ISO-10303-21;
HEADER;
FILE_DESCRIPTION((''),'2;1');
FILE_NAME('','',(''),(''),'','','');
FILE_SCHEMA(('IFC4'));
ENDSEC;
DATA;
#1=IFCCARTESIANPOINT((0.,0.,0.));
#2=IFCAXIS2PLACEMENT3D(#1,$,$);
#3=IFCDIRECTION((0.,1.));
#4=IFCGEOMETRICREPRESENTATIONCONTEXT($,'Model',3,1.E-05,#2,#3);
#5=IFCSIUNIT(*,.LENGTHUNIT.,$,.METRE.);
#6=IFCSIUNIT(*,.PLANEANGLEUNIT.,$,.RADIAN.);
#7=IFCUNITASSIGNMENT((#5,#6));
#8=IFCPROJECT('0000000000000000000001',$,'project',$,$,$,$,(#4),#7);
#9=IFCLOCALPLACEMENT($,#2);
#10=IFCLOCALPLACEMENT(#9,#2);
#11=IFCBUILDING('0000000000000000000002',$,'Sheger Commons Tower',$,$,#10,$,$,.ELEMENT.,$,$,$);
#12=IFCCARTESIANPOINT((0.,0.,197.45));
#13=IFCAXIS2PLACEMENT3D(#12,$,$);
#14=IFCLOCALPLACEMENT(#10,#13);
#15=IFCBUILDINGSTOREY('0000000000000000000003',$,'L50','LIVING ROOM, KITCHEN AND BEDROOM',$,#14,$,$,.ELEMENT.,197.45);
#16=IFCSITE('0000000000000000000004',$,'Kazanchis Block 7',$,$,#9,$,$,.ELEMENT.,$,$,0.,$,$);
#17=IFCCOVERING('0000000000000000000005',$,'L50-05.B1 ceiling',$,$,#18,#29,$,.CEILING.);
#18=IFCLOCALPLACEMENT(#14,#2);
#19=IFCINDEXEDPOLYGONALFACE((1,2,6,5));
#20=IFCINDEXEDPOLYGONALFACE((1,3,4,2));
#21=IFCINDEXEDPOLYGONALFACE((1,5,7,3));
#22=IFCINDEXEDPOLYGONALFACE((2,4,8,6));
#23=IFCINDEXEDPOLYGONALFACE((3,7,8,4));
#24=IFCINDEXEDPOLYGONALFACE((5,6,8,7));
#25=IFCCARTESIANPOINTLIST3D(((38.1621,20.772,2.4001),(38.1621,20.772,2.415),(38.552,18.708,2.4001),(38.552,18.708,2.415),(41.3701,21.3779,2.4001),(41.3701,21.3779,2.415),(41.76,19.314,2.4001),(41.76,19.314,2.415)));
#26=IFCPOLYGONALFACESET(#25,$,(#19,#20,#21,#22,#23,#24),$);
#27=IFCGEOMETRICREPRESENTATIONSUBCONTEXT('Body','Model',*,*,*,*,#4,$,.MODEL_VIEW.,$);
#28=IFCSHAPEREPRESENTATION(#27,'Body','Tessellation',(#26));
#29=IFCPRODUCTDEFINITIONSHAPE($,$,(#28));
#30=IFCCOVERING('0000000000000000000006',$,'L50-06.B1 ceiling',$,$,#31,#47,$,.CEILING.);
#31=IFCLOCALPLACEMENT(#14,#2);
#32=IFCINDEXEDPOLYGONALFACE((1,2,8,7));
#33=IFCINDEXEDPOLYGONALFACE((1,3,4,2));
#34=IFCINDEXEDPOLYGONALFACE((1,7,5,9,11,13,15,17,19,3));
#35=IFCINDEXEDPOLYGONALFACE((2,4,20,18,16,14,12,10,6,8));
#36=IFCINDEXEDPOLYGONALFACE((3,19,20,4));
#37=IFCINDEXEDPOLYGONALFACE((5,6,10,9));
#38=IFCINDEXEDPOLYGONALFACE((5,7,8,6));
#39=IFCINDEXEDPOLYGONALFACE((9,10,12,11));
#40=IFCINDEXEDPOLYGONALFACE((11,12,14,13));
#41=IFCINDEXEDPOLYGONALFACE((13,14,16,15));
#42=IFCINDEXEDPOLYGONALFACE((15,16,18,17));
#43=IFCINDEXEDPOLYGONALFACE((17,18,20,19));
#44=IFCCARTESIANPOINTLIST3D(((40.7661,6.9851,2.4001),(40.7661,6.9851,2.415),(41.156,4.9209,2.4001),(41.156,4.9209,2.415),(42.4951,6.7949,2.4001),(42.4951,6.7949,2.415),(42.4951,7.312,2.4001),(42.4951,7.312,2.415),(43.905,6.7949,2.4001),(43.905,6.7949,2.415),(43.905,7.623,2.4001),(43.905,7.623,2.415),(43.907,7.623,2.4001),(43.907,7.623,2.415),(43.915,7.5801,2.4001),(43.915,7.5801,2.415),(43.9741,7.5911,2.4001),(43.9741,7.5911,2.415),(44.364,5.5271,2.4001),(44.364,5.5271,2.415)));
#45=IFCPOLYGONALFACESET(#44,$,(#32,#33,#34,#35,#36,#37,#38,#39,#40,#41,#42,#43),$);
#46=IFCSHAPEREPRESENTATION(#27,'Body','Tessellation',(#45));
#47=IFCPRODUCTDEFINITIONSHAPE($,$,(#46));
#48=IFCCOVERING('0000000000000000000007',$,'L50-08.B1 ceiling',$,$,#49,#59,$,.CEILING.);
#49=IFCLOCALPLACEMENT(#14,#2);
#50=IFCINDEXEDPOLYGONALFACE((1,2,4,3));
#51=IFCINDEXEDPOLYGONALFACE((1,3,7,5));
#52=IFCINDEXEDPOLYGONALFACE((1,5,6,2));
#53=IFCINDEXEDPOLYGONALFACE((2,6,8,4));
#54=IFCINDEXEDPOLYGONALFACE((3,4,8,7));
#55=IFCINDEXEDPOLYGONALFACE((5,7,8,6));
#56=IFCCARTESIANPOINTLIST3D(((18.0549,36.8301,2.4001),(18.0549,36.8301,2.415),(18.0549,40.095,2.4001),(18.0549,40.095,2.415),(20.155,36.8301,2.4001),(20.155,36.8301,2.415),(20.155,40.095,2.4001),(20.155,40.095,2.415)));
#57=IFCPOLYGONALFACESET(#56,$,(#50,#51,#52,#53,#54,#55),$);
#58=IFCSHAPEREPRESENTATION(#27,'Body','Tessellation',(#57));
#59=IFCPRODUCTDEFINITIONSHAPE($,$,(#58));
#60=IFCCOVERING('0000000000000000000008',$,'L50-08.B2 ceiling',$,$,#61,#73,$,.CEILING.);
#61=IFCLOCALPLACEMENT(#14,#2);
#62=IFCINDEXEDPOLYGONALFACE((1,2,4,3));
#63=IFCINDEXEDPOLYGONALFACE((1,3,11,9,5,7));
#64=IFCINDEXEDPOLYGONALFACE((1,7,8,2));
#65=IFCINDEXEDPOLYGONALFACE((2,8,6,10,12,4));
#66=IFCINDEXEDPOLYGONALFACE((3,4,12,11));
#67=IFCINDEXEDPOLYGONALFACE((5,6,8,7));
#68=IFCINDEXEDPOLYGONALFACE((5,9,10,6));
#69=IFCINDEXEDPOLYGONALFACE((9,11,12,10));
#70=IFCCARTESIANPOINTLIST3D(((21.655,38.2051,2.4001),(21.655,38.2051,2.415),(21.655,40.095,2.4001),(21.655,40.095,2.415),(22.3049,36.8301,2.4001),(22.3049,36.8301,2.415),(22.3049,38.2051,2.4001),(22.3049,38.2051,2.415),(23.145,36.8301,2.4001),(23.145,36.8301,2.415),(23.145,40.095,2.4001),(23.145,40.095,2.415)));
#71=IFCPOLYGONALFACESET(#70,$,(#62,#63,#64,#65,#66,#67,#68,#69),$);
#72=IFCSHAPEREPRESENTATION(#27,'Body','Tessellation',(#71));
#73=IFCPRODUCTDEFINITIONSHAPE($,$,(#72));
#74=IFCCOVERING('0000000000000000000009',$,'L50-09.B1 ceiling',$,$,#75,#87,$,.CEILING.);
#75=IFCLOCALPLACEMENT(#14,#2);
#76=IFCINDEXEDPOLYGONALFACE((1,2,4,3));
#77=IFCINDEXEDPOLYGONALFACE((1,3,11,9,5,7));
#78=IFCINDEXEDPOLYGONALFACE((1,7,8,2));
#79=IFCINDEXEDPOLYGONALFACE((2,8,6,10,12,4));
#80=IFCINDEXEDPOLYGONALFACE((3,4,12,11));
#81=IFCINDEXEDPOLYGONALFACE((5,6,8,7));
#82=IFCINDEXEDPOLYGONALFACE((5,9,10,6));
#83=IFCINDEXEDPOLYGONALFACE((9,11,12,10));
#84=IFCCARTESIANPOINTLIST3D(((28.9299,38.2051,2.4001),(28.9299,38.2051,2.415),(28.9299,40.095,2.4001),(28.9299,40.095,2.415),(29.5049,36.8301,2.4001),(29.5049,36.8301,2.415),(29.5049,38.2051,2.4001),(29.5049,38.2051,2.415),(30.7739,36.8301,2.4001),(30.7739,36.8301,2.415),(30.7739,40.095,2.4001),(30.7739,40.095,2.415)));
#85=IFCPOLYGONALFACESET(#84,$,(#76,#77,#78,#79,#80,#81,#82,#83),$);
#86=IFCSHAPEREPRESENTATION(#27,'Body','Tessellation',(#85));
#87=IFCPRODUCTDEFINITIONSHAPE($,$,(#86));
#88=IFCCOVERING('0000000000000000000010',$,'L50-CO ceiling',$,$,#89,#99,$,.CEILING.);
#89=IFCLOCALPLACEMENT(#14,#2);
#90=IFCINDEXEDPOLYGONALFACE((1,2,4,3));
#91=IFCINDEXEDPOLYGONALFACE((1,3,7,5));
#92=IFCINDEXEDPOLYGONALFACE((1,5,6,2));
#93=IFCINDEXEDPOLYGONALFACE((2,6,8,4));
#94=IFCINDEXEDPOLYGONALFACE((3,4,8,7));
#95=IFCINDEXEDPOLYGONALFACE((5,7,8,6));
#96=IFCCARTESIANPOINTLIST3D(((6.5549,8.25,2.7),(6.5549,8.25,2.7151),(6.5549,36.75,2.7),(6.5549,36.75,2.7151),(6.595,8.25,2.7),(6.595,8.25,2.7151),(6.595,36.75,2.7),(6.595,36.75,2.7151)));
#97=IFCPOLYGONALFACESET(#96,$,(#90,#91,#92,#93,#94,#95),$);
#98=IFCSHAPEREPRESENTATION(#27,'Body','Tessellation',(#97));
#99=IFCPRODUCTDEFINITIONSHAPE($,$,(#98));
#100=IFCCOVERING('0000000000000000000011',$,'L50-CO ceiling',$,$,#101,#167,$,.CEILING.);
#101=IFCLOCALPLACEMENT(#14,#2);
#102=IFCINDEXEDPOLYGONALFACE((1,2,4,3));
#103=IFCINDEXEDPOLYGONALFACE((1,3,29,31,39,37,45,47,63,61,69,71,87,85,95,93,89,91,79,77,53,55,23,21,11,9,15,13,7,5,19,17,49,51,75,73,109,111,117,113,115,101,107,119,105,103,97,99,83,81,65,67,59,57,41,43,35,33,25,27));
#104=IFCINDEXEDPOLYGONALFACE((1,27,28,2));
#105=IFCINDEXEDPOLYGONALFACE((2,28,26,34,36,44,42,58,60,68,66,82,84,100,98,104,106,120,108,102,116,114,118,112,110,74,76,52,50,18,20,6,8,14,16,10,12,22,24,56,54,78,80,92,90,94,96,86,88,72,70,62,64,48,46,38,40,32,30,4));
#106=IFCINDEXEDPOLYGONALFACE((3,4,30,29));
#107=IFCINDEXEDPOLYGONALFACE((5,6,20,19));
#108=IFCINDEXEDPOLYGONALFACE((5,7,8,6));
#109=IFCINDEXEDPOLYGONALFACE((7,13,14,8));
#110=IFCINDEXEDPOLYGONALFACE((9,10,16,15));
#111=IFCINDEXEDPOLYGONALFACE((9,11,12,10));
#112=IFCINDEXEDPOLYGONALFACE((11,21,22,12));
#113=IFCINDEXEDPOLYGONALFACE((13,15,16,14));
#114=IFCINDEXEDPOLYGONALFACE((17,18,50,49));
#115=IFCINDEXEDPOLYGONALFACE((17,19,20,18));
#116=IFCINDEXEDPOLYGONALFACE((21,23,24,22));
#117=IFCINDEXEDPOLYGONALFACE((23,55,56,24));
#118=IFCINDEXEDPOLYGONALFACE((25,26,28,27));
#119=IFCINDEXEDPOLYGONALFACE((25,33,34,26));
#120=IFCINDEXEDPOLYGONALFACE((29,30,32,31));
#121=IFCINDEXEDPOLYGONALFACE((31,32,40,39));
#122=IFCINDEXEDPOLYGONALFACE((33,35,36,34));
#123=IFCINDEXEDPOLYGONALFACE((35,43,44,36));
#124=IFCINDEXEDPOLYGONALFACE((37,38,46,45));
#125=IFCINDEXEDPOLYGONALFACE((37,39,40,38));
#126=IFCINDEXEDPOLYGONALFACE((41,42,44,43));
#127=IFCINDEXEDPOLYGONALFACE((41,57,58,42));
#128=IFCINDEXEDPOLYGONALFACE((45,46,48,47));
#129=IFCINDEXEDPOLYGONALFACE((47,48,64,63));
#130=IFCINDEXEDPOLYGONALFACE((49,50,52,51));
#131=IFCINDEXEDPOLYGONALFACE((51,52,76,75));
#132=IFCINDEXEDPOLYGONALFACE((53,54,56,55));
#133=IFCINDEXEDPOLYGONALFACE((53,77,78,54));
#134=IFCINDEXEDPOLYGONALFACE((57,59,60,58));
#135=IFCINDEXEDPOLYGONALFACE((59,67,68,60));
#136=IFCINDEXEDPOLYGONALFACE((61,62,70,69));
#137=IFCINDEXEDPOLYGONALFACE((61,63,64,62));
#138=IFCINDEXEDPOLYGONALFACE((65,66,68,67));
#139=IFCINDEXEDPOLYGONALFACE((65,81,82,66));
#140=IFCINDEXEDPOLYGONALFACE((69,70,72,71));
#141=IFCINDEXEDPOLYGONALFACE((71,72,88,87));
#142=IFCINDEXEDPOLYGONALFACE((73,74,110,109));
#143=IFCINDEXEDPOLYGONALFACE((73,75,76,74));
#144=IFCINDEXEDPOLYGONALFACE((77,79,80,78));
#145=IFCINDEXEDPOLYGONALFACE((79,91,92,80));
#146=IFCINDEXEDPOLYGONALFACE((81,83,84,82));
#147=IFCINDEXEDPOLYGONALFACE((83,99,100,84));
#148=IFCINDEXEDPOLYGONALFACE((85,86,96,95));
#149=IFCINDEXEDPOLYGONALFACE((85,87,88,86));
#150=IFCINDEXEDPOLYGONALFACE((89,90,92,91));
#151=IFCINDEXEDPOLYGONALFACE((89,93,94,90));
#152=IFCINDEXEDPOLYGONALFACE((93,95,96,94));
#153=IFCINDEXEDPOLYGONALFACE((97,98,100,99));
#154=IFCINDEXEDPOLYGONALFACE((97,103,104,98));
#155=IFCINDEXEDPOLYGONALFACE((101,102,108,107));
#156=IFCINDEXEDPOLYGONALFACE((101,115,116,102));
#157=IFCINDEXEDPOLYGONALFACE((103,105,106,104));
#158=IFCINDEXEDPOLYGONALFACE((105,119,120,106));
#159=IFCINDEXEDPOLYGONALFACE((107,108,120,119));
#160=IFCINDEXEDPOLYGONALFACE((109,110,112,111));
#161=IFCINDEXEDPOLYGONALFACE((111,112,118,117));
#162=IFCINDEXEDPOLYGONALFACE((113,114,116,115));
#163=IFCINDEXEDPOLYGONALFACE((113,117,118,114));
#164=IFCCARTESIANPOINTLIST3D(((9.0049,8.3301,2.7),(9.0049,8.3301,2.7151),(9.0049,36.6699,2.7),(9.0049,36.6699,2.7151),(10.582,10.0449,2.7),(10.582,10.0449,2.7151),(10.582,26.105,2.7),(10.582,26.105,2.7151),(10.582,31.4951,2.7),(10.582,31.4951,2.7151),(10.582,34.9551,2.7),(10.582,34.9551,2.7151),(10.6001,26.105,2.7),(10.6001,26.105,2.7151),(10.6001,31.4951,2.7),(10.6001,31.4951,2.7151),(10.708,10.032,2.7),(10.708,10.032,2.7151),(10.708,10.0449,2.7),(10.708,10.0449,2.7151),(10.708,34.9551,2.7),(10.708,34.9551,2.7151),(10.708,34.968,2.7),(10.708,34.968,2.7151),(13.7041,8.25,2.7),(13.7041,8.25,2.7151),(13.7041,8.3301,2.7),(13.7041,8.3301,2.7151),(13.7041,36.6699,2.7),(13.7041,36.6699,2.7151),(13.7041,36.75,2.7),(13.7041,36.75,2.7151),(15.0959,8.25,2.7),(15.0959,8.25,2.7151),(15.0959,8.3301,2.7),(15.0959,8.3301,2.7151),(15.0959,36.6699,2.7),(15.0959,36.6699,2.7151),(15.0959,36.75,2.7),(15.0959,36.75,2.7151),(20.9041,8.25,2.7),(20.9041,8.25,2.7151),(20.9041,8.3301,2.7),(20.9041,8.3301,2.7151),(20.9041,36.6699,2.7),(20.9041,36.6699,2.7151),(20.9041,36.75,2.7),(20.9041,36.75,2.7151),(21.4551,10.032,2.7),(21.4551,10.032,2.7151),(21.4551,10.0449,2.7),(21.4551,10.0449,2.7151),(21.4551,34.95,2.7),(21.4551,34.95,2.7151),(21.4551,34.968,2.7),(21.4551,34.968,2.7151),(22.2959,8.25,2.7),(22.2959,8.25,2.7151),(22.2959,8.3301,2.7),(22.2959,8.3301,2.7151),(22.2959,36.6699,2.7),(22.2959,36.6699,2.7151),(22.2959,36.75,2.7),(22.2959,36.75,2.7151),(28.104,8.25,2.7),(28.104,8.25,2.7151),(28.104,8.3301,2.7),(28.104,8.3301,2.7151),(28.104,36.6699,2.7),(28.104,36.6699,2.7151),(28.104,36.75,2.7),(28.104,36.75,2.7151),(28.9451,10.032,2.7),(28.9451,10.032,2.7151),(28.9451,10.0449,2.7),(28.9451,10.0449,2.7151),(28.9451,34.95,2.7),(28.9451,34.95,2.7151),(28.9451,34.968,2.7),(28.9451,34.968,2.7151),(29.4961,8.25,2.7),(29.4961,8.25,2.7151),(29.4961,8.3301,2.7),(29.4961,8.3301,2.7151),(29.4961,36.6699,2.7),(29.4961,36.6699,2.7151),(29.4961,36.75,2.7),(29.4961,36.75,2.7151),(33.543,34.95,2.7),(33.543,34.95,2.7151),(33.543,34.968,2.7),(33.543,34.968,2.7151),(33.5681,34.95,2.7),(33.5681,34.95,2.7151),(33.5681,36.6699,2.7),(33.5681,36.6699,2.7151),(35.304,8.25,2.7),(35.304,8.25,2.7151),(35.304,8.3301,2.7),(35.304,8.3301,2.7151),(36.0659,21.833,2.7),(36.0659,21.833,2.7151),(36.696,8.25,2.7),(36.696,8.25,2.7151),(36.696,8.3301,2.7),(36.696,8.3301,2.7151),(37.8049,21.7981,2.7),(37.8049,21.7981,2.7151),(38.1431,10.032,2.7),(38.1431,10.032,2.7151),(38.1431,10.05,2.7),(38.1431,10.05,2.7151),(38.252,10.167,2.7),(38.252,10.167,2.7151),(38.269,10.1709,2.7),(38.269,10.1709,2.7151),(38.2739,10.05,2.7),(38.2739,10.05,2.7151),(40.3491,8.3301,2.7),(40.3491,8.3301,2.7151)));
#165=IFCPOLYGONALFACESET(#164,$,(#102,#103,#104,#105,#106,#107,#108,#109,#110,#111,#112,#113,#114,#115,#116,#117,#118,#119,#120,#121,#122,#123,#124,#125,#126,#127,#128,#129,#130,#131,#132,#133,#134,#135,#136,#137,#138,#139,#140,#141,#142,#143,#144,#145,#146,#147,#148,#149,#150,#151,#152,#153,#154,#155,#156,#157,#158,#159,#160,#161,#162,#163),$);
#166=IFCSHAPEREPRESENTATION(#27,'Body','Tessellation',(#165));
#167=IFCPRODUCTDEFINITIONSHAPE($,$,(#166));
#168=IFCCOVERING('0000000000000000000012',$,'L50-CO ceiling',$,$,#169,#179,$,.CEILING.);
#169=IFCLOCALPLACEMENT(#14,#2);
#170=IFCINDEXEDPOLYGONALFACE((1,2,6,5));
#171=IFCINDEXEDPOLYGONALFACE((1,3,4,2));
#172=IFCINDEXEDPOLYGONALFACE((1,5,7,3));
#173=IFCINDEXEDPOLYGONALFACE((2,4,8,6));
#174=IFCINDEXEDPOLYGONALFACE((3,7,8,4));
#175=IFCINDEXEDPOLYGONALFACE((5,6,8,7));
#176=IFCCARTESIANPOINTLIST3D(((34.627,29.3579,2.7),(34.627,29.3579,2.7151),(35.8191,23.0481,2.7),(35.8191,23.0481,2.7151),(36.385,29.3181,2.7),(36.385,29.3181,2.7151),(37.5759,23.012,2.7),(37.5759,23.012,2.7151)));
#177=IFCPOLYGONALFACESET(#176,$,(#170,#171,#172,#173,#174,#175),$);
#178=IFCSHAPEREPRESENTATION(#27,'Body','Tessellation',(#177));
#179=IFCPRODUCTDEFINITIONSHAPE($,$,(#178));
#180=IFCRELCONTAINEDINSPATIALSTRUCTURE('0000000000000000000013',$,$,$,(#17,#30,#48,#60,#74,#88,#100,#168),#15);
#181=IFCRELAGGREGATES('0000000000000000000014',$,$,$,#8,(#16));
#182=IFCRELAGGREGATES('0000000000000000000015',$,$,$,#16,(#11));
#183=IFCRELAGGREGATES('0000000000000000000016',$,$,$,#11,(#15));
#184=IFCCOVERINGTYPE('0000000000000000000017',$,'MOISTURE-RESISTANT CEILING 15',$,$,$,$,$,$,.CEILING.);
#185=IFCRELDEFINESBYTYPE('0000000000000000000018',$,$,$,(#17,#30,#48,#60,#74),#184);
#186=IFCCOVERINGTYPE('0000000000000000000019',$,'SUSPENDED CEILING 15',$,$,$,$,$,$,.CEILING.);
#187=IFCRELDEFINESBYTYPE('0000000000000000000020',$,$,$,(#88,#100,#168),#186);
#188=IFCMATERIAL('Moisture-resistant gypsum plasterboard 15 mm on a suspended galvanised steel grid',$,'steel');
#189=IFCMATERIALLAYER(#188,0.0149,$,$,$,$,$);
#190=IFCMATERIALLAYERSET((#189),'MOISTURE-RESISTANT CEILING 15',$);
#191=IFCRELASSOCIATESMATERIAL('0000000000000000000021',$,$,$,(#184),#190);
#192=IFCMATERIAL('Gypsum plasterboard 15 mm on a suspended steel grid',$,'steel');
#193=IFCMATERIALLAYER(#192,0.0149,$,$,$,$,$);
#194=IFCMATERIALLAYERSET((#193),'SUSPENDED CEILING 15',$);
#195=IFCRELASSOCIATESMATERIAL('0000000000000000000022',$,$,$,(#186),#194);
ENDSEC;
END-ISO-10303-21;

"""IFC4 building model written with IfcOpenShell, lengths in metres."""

from ifc_helpers import new_model, si_unit, direction, frame, origin, place, context, subcontext, project, spatial, polyline, outline, extrude, material, layer, layer_set, type_object, element, save


model = new_model("IFC4")

# Units and contexts
model_context = context("Model", 3, precision=1e-05, world=origin(), true_north=direction((0.0, 1.0)))
body_context = subcontext(model_context, "Body", "Model", "MODEL_VIEW")
ifc_project = project(units=[si_unit("LENGTHUNIT", "METRE"), si_unit("PLANEANGLEUNIT", "RADIAN")], contexts=[model_context])

# Site, building, storey
site_placement = place(None, origin())
site = spatial("IfcSite", under=ifc_project, at=site_placement, Name="Kazanchis Block 7", CompositionType="ELEMENT", RefElevation=0.0)
building_placement = place(site_placement, origin())
building = spatial("IfcBuilding", under=site, at=building_placement, Name="Sheger Commons Tower", CompositionType="ELEMENT")
storey_placement = place(building_placement, frame((0.0, 0.0, 197.45)))
storey = spatial("IfcBuildingStorey", under=building, at=storey_placement, Name="L50", Description="LIVING ROOM, KITCHEN AND BEDROOM", CompositionType="ELEMENT", Elevation=197.45)

# Coverings
ifc_material_1 = material(Name="Moisture-resistant gypsum plasterboard 15 mm on a suspended galvanised steel grid", Category="steel")
ifc_layer_1 = layer(ifc_material_1, 0.0149)
ifc_layer_set_1 = layer_set([ifc_layer_1], Name="MOISTURE-RESISTANT CEILING 15")
covering_type_1 = type_object("IfcCoveringType", Name="MOISTURE-RESISTANT CEILING 15", PredefinedType="CEILING", material=ifc_layer_set_1)
covering_1_placement = place(storey_placement, frame((0.0, 0.0, 2.4001)))
element("IfcCovering", 1, at=covering_1_placement, inside=storey, type_object=covering_type_1, Name="L50-05.B1 ceiling", PredefinedType="CEILING", context=body_context, shape_type="SweptSolid", body=[
    extrude(outline(polyline([(38.552, 18.708), (41.76, 19.314), (41.3701, 21.3779), (38.1621, 20.772), (38.552, 18.708)])), origin(), (0.0, 0.0, 1.0), 0.0149),
])
covering_2_placement = place(storey_placement, frame((0.0, 0.0, 2.4001)))
element("IfcCovering", 2, at=covering_2_placement, inside=storey, type_object=covering_type_1, Name="L50-06.B1 ceiling", PredefinedType="CEILING", context=body_context, shape_type="SweptSolid", body=[
    extrude(outline(polyline([(41.156, 4.9209), (44.364, 5.5271), (43.9741, 7.5911), (43.915, 7.5801), (43.907, 7.623), (43.905, 7.623), (43.905, 6.7949), (42.4951, 6.7949), (42.4951, 7.312), (40.7661, 6.9851), (41.156, 4.9209)])), origin(), (0.0, 0.0, 1.0), 0.0149),
])
covering_3_placement = place(storey_placement, frame((0.0, 0.0, 2.4001)))
element("IfcCovering", 3, at=covering_3_placement, inside=storey, type_object=covering_type_1, Name="L50-08.B1 ceiling", PredefinedType="CEILING", context=body_context, shape_type="SweptSolid", body=[
    extrude(outline(polyline([(18.0549, 36.8301), (20.155, 36.8301), (20.155, 40.095), (18.0549, 40.095), (18.0549, 36.8301)])), origin(), (0.0, 0.0, 1.0), 0.0149),
])
covering_4_placement = place(storey_placement, frame((0.0, 0.0, 2.4001)))
element("IfcCovering", 4, at=covering_4_placement, inside=storey, type_object=covering_type_1, Name="L50-08.B2 ceiling", PredefinedType="CEILING", context=body_context, shape_type="SweptSolid", body=[
    extrude(outline(polyline([(22.3049, 36.8301), (23.145, 36.8301), (23.145, 40.095), (21.655, 40.095), (21.655, 38.2051), (22.3049, 38.2051), (22.3049, 36.8301)])), origin(), (0.0, 0.0, 1.0), 0.0149),
])
covering_5_placement = place(storey_placement, frame((0.0, 0.0, 2.4001)))
element("IfcCovering", 5, at=covering_5_placement, inside=storey, type_object=covering_type_1, Name="L50-09.B1 ceiling", PredefinedType="CEILING", context=body_context, shape_type="SweptSolid", body=[
    extrude(outline(polyline([(29.5049, 36.8301), (30.7739, 36.8301), (30.7739, 40.095), (28.9299, 40.095), (28.9299, 38.2051), (29.5049, 38.2051), (29.5049, 36.8301)])), origin(), (0.0, 0.0, 1.0), 0.0149),
])
ifc_material_2 = material(Name="Gypsum plasterboard 15 mm on a suspended steel grid", Category="steel")
ifc_layer_2 = layer(ifc_material_2, 0.0149)
ifc_layer_set_2 = layer_set([ifc_layer_2], Name="SUSPENDED CEILING 15")
covering_type_2 = type_object("IfcCoveringType", Name="SUSPENDED CEILING 15", PredefinedType="CEILING", material=ifc_layer_set_2)
covering_6_placement = place(storey_placement, frame((0.0, 0.0, 2.7)))
element("IfcCovering", 6, at=covering_6_placement, inside=storey, type_object=covering_type_2, Name="L50-CO ceiling", PredefinedType="CEILING", context=body_context, shape_type="SweptSolid", body=[
    extrude(outline(polyline([(6.5549, 8.25), (6.595, 8.25), (6.595, 36.75), (6.5549, 36.75), (6.5549, 8.25)])), origin(), (0.0, 0.0, 1.0), 0.0151),
])
covering_7_placement = place(storey_placement, frame((0.0, 0.0, 2.7)))
element("IfcCovering", 7, at=covering_7_placement, inside=storey, type_object=covering_type_2, Name="L50-CO ceiling", PredefinedType="CEILING", context=body_context, shape_type="SweptSolid", body=[
    extrude(outline(polyline([(13.7041, 8.25), (15.0959, 8.25), (15.0959, 8.3301), (20.9041, 8.3301), (20.9041, 8.25), (22.2959, 8.25), (22.2959, 8.3301), (28.104, 8.3301), (28.104, 8.25), (29.4961, 8.25), (29.4961, 8.3301), (35.304, 8.3301), (35.304, 8.25), (36.696, 8.25), (36.696, 8.3301), (40.3491, 8.3301), (37.8049, 21.7981), (36.0659, 21.833), (38.269, 10.1709), (38.252, 10.167), (38.2739, 10.05), (38.1431, 10.05), (38.1431, 10.032), (28.9451, 10.032), (28.9451, 10.0449), (21.4551, 10.0449), (21.4551, 10.032), (10.708, 10.032), (10.708, 10.0449), (10.582, 10.0449), (10.582, 26.105), (10.6001, 26.105), (10.6001, 31.4951), (10.582, 31.4951), (10.582, 34.9551), (10.708, 34.9551), (10.708, 34.968), (21.4551, 34.968), (21.4551, 34.95), (28.9451, 34.95), (28.9451, 34.968), (33.543, 34.968), (33.543, 34.95), (33.5681, 34.95), (33.5681, 36.6699), (29.4961, 36.6699), (29.4961, 36.75), (28.104, 36.75), (28.104, 36.6699), (22.2959, 36.6699), (22.2959, 36.75), (20.9041, 36.75), (20.9041, 36.6699), (15.0959, 36.6699), (15.0959, 36.75), (13.7041, 36.75), (13.7041, 36.6699), (9.0049, 36.6699), (9.0049, 8.3301), (13.7041, 8.3301), (13.7041, 8.25)])), origin(), (0.0, 0.0, 1.0), 0.0151),
])
covering_8_placement = place(storey_placement, frame((0.0, 0.0, 2.7)))
element("IfcCovering", 8, at=covering_8_placement, inside=storey, type_object=covering_type_2, Name="L50-CO ceiling", PredefinedType="CEILING", context=body_context, shape_type="SweptSolid", body=[
    extrude(outline(polyline([(37.5759, 23.012), (36.385, 29.3181), (34.627, 29.3579), (35.8191, 23.0481), (37.5759, 23.012)])), origin(), (0.0, 0.0, 1.0), 0.0151),
])

save(model, "model.ifc")
